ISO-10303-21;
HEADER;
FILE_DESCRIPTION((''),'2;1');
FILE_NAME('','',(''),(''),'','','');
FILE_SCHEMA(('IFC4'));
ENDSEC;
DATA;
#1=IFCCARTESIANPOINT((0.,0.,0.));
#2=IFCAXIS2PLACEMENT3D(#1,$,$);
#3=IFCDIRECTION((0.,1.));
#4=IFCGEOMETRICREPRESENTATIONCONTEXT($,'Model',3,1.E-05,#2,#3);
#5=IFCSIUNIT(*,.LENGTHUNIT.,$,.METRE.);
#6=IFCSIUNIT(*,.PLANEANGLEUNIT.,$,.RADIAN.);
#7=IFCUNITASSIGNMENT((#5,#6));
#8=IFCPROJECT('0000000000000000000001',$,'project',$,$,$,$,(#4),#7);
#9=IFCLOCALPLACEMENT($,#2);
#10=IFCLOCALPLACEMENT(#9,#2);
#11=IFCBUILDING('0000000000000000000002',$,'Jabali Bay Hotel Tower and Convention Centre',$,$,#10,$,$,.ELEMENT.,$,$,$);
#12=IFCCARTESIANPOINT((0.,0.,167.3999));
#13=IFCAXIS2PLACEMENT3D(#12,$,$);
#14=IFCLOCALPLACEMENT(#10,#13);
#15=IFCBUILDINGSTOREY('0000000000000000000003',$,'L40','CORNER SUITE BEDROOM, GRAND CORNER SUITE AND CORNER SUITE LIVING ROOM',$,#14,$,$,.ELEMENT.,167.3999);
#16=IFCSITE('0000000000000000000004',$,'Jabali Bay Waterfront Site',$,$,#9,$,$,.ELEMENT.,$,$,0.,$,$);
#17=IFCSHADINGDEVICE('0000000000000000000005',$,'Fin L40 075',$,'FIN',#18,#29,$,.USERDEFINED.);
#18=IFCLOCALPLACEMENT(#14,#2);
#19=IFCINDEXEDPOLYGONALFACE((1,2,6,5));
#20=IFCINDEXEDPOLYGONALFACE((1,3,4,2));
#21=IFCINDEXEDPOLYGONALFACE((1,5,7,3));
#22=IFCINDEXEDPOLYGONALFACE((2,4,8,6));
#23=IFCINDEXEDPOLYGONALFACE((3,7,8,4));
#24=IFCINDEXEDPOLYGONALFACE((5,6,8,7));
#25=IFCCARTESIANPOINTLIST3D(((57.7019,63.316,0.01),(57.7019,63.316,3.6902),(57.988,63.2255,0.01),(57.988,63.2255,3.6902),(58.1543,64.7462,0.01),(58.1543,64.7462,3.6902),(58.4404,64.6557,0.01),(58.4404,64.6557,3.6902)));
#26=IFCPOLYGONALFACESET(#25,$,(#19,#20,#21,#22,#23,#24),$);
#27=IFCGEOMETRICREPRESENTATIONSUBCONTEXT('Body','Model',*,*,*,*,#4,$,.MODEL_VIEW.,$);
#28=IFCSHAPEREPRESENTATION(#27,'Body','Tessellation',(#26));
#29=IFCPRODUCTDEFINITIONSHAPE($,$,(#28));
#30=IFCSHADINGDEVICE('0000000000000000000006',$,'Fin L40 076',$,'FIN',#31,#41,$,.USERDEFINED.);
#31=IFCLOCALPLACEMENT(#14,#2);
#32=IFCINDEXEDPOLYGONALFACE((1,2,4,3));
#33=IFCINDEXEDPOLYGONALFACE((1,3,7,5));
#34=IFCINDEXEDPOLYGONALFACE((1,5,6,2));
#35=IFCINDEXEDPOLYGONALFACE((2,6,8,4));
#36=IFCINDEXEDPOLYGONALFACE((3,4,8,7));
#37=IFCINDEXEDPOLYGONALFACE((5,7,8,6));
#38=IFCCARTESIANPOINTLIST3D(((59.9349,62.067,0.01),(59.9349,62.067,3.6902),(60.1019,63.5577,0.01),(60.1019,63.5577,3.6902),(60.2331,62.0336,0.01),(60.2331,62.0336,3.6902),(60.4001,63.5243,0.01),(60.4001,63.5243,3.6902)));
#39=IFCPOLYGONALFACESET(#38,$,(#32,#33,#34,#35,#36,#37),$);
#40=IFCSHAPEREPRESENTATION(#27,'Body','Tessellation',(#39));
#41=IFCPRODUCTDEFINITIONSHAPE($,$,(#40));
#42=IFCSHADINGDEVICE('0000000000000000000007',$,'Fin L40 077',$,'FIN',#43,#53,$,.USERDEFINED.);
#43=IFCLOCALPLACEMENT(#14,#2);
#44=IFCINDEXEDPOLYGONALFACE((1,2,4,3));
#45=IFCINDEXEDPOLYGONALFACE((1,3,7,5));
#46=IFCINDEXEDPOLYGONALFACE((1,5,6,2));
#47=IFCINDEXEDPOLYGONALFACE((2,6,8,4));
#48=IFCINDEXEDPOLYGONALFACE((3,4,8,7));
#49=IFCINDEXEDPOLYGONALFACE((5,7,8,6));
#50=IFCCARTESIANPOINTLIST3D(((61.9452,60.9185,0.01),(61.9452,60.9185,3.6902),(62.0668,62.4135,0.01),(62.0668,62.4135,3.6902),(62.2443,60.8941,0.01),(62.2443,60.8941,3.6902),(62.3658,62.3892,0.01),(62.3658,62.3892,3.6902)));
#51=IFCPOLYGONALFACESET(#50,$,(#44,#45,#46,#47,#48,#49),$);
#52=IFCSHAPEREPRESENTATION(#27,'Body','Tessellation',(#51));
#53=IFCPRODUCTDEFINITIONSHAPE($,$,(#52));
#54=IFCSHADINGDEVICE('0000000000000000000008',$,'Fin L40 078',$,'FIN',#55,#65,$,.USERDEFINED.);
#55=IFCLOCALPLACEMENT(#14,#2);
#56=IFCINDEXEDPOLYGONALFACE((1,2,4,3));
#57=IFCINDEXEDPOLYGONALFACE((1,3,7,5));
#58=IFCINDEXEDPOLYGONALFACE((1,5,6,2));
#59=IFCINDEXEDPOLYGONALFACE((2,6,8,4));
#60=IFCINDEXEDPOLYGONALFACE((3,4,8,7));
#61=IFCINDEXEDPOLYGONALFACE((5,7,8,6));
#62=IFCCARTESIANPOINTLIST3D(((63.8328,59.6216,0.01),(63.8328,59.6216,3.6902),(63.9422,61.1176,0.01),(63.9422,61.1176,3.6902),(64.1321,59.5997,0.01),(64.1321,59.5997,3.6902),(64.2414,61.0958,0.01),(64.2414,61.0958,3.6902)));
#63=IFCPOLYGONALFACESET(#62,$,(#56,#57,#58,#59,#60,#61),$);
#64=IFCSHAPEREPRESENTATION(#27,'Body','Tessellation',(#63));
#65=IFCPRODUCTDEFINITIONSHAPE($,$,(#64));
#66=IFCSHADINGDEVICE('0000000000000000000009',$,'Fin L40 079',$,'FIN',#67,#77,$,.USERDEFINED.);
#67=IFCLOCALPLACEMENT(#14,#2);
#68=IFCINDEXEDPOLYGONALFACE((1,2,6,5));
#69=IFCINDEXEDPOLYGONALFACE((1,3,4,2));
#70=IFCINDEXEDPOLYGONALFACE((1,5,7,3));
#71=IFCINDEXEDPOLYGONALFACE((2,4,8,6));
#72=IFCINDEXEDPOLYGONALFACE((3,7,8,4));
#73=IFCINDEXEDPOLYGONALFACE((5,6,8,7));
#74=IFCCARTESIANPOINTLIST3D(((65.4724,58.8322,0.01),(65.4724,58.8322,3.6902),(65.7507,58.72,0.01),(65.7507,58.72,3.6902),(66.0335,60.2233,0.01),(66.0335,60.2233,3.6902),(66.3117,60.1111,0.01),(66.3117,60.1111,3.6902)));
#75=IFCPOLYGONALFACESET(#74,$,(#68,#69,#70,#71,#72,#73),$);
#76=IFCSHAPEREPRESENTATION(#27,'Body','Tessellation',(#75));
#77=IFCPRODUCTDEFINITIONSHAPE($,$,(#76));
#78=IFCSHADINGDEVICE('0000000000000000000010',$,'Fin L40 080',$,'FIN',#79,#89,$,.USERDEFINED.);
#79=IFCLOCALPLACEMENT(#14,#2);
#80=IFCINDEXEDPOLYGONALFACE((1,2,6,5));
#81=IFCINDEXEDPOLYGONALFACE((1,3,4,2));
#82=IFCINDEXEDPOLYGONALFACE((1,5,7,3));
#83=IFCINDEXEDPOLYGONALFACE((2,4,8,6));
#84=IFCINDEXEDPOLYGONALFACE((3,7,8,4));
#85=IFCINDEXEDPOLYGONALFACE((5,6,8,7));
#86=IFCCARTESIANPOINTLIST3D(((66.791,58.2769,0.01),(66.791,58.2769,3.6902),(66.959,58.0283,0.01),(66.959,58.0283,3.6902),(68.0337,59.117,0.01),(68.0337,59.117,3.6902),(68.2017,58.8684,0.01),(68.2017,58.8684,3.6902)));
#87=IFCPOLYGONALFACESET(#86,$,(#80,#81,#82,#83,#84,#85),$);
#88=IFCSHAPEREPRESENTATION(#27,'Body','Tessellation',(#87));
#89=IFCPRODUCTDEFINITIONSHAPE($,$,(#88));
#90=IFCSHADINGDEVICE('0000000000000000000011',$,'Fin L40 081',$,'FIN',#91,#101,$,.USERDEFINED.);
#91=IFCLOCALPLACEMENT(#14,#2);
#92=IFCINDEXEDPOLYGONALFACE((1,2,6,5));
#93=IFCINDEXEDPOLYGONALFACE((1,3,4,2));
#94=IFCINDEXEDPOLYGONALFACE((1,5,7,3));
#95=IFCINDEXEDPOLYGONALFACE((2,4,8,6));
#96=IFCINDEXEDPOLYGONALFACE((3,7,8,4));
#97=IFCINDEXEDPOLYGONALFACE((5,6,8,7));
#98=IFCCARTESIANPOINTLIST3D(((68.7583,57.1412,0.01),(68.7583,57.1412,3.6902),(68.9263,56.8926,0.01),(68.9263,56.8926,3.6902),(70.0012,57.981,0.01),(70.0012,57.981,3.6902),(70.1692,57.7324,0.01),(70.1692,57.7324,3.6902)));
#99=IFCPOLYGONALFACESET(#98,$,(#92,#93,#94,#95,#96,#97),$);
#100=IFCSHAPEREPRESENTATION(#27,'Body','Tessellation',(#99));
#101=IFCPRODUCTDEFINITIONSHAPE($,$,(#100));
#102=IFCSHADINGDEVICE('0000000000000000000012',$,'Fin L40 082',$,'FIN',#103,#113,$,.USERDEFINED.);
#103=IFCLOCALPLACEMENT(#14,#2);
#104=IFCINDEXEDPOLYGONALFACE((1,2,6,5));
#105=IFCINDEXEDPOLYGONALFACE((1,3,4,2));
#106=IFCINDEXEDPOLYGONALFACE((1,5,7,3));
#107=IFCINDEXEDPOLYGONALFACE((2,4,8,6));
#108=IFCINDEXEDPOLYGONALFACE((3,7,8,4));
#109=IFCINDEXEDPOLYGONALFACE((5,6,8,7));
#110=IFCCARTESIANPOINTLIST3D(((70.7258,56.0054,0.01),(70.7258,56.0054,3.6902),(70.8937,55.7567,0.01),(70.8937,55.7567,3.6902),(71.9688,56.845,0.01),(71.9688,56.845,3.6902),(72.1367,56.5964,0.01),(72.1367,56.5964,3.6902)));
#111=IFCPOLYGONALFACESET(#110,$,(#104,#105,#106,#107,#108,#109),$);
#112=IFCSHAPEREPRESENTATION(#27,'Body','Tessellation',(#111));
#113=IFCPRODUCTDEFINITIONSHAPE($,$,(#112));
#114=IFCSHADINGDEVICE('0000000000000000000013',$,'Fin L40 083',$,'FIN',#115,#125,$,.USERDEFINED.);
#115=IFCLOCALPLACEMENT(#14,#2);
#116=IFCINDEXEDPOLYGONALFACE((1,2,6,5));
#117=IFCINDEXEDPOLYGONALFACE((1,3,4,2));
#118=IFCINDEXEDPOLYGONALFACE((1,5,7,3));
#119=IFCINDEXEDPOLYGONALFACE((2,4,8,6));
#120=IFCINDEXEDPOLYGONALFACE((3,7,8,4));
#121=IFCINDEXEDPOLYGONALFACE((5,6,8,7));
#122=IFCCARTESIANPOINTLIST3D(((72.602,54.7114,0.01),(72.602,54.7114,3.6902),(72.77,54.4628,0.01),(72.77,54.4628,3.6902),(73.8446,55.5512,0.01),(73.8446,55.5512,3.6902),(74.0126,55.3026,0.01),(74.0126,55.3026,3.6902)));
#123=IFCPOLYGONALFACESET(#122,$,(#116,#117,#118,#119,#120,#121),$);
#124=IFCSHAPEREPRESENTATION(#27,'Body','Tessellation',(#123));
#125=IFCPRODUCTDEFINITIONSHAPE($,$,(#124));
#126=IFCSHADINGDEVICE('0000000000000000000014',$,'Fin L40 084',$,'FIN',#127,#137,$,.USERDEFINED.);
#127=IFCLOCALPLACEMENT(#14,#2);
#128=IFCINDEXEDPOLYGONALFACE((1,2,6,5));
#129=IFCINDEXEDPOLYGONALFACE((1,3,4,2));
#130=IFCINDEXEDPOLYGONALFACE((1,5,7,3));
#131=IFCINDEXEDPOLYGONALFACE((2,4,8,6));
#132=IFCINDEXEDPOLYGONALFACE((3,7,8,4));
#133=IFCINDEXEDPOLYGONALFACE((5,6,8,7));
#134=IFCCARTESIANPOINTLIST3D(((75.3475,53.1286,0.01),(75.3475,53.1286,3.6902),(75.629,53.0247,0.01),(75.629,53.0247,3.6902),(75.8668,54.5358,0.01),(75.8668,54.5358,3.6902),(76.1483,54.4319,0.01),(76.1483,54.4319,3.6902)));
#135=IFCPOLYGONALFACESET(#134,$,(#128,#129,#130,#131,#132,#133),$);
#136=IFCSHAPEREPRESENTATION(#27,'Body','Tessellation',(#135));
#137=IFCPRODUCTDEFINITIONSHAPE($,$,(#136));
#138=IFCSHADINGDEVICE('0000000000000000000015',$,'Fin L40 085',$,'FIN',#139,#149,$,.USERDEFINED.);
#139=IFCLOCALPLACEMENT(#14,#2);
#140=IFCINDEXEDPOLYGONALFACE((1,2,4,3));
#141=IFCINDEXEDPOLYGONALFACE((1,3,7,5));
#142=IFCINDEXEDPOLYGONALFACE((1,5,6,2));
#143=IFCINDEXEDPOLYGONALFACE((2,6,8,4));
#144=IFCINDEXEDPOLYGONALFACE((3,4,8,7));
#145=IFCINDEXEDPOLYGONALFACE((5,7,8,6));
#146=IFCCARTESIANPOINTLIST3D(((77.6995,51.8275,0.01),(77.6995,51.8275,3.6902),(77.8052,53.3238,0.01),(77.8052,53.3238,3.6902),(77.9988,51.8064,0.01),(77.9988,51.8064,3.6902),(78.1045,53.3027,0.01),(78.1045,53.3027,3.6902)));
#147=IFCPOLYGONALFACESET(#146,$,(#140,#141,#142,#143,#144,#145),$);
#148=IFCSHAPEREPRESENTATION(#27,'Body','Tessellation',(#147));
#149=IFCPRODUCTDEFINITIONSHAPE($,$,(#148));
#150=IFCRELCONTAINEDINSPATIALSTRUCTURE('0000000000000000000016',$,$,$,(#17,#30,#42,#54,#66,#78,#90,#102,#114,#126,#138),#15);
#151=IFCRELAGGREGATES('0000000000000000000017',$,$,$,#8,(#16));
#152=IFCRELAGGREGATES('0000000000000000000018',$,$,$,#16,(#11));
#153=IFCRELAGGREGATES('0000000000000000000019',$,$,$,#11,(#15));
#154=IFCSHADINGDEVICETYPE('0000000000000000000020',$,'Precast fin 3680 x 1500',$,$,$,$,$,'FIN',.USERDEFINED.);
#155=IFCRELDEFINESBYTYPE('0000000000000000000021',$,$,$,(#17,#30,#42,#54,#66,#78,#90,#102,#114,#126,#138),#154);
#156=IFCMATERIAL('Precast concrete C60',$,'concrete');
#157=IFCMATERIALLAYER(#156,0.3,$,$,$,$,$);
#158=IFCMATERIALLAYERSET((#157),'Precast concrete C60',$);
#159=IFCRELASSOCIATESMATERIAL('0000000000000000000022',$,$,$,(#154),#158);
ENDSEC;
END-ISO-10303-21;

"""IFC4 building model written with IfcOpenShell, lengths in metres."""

from ifc_helpers import new_model, si_unit, direction, frame, frame_2d, origin, place, context, subcontext, project, spatial, rectangle, extrude, material, layer, layer_set, type_object, element, save


model = new_model("IFC4")

# Units and contexts
model_context = context("Model", 3, precision=1e-05, world=origin(), true_north=direction((0.0, 1.0)))
body_context = subcontext(model_context, "Body", "Model", "MODEL_VIEW")
ifc_project = project(units=[si_unit("LENGTHUNIT", "METRE"), si_unit("PLANEANGLEUNIT", "RADIAN")], contexts=[model_context])

# Site, building, storey
site_placement = place(None, origin())
site = spatial("IfcSite", under=ifc_project, at=site_placement, Name="Jabali Bay Waterfront Site", CompositionType="ELEMENT", RefElevation=0.0)
building_placement = place(site_placement, origin())
building = spatial("IfcBuilding", under=site, at=building_placement, Name="Jabali Bay Hotel Tower and Convention Centre", CompositionType="ELEMENT")
storey_placement = place(building_placement, frame((0.0, 0.0, 167.3999)))
storey = spatial("IfcBuildingStorey", under=building, at=storey_placement, Name="L40", Description="CORNER SUITE BEDROOM, GRAND CORNER SUITE AND CORNER SUITE LIVING ROOM", CompositionType="ELEMENT", Elevation=167.3999)

# Shading devices
ifc_material_1 = material(Name="Precast concrete C60", Category="concrete")
ifc_layer_1 = layer(ifc_material_1, 0.3)
ifc_layer_set_1 = layer_set([ifc_layer_1], Name="Precast concrete C60")
shading_device_type_1 = type_object("IfcShadingDeviceType", Name="Precast fin 3680 x 1500", ElementType="FIN", PredefinedType="USERDEFINED", material=ifc_layer_set_1)
for number, where, z_axis, x_axis, name in (
    (1, (58.2974, 64.7009, 0.01), (0.0, 0.0, 1.0), (-0.301591, -0.953437, 0.0), "Fin L40 075"),
    (2, (60.251, 63.541, 0.01), (0.0, 0.0, 1.0), (-0.111325, -0.993784, 0.0), "Fin L40 076"),
    (3, (62.2163, 62.4014, 0.01), (0.0, 0.0, 1.0), (-0.081052, -0.99671, 0.0), "Fin L40 077"),
    (4, (64.0918, 61.1067, 0.01), (0.0, 0.0, 1.0), (-0.072912, -0.997338, 0.0), "Fin L40 078"),
    (5, (66.1726, 60.1672, 0.01), (0.0, 0.0, 1.0), (-0.374027, -0.927418, 0.0), "Fin L40 079"),
    (6, (68.1177, 58.9927, 0.01), (0.0, 0.0, 1.0), (-0.828452, -0.56006, 0.0), "Fin L40 080"),
    (7, (70.0852, 57.8567, 0.01), (0.0, 0.0, 1.0), (-0.828579, -0.559873, 0.0), "Fin L40 081"),
    (8, (72.0527, 56.7207, 0.01), (0.0, 0.0, 1.0), (-0.828654, -0.559761, 0.0), "Fin L40 082"),
):
    element("IfcShadingDevice", number, at=place(storey_placement, frame(where, z_axis=z_axis, x_axis=x_axis)), inside=storey, type_object=shading_device_type_1, Name=name, ObjectType="FIN", PredefinedType="USERDEFINED", context=body_context, shape_type="SweptSolid", body=[
        extrude(rectangle(XDim=1.5, YDim=0.3, at=frame_2d((0.75, 0.0))), origin(), (0.0, 0.0, 1.0), 3.6802),
    ])
shading_device_placement = place(storey_placement, frame((73.9287, 55.427, 0.01), z_axis=(0.0, 0.0, 1.0), x_axis=(-0.828528, -0.559948, 0.0)))
element("IfcShadingDevice", 9, at=shading_device_placement, inside=storey, type_object=shading_device_type_1, Name="Fin L40 083", ObjectType="FIN", PredefinedType="USERDEFINED", context=body_context, shape_type="SweptSolid", body=[
    extrude(rectangle(XDim=1.4998, YDim=0.3, at=frame_2d((0.75, 0.0))), origin(), (0.0, 0.0, 1.0), 3.6802),
])
for number, where, z_axis, x_axis, name in (
    (10, (76.0076, 54.4839, 0.01), (0.0, 0.0, 1.0), (-0.346196, -0.938162, 0.0), "Fin L40 084"),
    (11, (77.9548, 53.3132, 0.01), (0.0, 0.0, 1.0), (-0.070472, -0.997514, 0.0), "Fin L40 085"),
):
    element("IfcShadingDevice", number, at=place(storey_placement, frame(where, z_axis=z_axis, x_axis=x_axis)), inside=storey, type_object=shading_device_type_1, Name=name, ObjectType="FIN", PredefinedType="USERDEFINED", context=body_context, shape_type="SweptSolid", body=[
        extrude(rectangle(XDim=1.5, YDim=0.3, at=frame_2d((0.75, 0.0))), origin(), (0.0, 0.0, 1.0), 3.6802),
    ])

save(model, "model.ifc")
